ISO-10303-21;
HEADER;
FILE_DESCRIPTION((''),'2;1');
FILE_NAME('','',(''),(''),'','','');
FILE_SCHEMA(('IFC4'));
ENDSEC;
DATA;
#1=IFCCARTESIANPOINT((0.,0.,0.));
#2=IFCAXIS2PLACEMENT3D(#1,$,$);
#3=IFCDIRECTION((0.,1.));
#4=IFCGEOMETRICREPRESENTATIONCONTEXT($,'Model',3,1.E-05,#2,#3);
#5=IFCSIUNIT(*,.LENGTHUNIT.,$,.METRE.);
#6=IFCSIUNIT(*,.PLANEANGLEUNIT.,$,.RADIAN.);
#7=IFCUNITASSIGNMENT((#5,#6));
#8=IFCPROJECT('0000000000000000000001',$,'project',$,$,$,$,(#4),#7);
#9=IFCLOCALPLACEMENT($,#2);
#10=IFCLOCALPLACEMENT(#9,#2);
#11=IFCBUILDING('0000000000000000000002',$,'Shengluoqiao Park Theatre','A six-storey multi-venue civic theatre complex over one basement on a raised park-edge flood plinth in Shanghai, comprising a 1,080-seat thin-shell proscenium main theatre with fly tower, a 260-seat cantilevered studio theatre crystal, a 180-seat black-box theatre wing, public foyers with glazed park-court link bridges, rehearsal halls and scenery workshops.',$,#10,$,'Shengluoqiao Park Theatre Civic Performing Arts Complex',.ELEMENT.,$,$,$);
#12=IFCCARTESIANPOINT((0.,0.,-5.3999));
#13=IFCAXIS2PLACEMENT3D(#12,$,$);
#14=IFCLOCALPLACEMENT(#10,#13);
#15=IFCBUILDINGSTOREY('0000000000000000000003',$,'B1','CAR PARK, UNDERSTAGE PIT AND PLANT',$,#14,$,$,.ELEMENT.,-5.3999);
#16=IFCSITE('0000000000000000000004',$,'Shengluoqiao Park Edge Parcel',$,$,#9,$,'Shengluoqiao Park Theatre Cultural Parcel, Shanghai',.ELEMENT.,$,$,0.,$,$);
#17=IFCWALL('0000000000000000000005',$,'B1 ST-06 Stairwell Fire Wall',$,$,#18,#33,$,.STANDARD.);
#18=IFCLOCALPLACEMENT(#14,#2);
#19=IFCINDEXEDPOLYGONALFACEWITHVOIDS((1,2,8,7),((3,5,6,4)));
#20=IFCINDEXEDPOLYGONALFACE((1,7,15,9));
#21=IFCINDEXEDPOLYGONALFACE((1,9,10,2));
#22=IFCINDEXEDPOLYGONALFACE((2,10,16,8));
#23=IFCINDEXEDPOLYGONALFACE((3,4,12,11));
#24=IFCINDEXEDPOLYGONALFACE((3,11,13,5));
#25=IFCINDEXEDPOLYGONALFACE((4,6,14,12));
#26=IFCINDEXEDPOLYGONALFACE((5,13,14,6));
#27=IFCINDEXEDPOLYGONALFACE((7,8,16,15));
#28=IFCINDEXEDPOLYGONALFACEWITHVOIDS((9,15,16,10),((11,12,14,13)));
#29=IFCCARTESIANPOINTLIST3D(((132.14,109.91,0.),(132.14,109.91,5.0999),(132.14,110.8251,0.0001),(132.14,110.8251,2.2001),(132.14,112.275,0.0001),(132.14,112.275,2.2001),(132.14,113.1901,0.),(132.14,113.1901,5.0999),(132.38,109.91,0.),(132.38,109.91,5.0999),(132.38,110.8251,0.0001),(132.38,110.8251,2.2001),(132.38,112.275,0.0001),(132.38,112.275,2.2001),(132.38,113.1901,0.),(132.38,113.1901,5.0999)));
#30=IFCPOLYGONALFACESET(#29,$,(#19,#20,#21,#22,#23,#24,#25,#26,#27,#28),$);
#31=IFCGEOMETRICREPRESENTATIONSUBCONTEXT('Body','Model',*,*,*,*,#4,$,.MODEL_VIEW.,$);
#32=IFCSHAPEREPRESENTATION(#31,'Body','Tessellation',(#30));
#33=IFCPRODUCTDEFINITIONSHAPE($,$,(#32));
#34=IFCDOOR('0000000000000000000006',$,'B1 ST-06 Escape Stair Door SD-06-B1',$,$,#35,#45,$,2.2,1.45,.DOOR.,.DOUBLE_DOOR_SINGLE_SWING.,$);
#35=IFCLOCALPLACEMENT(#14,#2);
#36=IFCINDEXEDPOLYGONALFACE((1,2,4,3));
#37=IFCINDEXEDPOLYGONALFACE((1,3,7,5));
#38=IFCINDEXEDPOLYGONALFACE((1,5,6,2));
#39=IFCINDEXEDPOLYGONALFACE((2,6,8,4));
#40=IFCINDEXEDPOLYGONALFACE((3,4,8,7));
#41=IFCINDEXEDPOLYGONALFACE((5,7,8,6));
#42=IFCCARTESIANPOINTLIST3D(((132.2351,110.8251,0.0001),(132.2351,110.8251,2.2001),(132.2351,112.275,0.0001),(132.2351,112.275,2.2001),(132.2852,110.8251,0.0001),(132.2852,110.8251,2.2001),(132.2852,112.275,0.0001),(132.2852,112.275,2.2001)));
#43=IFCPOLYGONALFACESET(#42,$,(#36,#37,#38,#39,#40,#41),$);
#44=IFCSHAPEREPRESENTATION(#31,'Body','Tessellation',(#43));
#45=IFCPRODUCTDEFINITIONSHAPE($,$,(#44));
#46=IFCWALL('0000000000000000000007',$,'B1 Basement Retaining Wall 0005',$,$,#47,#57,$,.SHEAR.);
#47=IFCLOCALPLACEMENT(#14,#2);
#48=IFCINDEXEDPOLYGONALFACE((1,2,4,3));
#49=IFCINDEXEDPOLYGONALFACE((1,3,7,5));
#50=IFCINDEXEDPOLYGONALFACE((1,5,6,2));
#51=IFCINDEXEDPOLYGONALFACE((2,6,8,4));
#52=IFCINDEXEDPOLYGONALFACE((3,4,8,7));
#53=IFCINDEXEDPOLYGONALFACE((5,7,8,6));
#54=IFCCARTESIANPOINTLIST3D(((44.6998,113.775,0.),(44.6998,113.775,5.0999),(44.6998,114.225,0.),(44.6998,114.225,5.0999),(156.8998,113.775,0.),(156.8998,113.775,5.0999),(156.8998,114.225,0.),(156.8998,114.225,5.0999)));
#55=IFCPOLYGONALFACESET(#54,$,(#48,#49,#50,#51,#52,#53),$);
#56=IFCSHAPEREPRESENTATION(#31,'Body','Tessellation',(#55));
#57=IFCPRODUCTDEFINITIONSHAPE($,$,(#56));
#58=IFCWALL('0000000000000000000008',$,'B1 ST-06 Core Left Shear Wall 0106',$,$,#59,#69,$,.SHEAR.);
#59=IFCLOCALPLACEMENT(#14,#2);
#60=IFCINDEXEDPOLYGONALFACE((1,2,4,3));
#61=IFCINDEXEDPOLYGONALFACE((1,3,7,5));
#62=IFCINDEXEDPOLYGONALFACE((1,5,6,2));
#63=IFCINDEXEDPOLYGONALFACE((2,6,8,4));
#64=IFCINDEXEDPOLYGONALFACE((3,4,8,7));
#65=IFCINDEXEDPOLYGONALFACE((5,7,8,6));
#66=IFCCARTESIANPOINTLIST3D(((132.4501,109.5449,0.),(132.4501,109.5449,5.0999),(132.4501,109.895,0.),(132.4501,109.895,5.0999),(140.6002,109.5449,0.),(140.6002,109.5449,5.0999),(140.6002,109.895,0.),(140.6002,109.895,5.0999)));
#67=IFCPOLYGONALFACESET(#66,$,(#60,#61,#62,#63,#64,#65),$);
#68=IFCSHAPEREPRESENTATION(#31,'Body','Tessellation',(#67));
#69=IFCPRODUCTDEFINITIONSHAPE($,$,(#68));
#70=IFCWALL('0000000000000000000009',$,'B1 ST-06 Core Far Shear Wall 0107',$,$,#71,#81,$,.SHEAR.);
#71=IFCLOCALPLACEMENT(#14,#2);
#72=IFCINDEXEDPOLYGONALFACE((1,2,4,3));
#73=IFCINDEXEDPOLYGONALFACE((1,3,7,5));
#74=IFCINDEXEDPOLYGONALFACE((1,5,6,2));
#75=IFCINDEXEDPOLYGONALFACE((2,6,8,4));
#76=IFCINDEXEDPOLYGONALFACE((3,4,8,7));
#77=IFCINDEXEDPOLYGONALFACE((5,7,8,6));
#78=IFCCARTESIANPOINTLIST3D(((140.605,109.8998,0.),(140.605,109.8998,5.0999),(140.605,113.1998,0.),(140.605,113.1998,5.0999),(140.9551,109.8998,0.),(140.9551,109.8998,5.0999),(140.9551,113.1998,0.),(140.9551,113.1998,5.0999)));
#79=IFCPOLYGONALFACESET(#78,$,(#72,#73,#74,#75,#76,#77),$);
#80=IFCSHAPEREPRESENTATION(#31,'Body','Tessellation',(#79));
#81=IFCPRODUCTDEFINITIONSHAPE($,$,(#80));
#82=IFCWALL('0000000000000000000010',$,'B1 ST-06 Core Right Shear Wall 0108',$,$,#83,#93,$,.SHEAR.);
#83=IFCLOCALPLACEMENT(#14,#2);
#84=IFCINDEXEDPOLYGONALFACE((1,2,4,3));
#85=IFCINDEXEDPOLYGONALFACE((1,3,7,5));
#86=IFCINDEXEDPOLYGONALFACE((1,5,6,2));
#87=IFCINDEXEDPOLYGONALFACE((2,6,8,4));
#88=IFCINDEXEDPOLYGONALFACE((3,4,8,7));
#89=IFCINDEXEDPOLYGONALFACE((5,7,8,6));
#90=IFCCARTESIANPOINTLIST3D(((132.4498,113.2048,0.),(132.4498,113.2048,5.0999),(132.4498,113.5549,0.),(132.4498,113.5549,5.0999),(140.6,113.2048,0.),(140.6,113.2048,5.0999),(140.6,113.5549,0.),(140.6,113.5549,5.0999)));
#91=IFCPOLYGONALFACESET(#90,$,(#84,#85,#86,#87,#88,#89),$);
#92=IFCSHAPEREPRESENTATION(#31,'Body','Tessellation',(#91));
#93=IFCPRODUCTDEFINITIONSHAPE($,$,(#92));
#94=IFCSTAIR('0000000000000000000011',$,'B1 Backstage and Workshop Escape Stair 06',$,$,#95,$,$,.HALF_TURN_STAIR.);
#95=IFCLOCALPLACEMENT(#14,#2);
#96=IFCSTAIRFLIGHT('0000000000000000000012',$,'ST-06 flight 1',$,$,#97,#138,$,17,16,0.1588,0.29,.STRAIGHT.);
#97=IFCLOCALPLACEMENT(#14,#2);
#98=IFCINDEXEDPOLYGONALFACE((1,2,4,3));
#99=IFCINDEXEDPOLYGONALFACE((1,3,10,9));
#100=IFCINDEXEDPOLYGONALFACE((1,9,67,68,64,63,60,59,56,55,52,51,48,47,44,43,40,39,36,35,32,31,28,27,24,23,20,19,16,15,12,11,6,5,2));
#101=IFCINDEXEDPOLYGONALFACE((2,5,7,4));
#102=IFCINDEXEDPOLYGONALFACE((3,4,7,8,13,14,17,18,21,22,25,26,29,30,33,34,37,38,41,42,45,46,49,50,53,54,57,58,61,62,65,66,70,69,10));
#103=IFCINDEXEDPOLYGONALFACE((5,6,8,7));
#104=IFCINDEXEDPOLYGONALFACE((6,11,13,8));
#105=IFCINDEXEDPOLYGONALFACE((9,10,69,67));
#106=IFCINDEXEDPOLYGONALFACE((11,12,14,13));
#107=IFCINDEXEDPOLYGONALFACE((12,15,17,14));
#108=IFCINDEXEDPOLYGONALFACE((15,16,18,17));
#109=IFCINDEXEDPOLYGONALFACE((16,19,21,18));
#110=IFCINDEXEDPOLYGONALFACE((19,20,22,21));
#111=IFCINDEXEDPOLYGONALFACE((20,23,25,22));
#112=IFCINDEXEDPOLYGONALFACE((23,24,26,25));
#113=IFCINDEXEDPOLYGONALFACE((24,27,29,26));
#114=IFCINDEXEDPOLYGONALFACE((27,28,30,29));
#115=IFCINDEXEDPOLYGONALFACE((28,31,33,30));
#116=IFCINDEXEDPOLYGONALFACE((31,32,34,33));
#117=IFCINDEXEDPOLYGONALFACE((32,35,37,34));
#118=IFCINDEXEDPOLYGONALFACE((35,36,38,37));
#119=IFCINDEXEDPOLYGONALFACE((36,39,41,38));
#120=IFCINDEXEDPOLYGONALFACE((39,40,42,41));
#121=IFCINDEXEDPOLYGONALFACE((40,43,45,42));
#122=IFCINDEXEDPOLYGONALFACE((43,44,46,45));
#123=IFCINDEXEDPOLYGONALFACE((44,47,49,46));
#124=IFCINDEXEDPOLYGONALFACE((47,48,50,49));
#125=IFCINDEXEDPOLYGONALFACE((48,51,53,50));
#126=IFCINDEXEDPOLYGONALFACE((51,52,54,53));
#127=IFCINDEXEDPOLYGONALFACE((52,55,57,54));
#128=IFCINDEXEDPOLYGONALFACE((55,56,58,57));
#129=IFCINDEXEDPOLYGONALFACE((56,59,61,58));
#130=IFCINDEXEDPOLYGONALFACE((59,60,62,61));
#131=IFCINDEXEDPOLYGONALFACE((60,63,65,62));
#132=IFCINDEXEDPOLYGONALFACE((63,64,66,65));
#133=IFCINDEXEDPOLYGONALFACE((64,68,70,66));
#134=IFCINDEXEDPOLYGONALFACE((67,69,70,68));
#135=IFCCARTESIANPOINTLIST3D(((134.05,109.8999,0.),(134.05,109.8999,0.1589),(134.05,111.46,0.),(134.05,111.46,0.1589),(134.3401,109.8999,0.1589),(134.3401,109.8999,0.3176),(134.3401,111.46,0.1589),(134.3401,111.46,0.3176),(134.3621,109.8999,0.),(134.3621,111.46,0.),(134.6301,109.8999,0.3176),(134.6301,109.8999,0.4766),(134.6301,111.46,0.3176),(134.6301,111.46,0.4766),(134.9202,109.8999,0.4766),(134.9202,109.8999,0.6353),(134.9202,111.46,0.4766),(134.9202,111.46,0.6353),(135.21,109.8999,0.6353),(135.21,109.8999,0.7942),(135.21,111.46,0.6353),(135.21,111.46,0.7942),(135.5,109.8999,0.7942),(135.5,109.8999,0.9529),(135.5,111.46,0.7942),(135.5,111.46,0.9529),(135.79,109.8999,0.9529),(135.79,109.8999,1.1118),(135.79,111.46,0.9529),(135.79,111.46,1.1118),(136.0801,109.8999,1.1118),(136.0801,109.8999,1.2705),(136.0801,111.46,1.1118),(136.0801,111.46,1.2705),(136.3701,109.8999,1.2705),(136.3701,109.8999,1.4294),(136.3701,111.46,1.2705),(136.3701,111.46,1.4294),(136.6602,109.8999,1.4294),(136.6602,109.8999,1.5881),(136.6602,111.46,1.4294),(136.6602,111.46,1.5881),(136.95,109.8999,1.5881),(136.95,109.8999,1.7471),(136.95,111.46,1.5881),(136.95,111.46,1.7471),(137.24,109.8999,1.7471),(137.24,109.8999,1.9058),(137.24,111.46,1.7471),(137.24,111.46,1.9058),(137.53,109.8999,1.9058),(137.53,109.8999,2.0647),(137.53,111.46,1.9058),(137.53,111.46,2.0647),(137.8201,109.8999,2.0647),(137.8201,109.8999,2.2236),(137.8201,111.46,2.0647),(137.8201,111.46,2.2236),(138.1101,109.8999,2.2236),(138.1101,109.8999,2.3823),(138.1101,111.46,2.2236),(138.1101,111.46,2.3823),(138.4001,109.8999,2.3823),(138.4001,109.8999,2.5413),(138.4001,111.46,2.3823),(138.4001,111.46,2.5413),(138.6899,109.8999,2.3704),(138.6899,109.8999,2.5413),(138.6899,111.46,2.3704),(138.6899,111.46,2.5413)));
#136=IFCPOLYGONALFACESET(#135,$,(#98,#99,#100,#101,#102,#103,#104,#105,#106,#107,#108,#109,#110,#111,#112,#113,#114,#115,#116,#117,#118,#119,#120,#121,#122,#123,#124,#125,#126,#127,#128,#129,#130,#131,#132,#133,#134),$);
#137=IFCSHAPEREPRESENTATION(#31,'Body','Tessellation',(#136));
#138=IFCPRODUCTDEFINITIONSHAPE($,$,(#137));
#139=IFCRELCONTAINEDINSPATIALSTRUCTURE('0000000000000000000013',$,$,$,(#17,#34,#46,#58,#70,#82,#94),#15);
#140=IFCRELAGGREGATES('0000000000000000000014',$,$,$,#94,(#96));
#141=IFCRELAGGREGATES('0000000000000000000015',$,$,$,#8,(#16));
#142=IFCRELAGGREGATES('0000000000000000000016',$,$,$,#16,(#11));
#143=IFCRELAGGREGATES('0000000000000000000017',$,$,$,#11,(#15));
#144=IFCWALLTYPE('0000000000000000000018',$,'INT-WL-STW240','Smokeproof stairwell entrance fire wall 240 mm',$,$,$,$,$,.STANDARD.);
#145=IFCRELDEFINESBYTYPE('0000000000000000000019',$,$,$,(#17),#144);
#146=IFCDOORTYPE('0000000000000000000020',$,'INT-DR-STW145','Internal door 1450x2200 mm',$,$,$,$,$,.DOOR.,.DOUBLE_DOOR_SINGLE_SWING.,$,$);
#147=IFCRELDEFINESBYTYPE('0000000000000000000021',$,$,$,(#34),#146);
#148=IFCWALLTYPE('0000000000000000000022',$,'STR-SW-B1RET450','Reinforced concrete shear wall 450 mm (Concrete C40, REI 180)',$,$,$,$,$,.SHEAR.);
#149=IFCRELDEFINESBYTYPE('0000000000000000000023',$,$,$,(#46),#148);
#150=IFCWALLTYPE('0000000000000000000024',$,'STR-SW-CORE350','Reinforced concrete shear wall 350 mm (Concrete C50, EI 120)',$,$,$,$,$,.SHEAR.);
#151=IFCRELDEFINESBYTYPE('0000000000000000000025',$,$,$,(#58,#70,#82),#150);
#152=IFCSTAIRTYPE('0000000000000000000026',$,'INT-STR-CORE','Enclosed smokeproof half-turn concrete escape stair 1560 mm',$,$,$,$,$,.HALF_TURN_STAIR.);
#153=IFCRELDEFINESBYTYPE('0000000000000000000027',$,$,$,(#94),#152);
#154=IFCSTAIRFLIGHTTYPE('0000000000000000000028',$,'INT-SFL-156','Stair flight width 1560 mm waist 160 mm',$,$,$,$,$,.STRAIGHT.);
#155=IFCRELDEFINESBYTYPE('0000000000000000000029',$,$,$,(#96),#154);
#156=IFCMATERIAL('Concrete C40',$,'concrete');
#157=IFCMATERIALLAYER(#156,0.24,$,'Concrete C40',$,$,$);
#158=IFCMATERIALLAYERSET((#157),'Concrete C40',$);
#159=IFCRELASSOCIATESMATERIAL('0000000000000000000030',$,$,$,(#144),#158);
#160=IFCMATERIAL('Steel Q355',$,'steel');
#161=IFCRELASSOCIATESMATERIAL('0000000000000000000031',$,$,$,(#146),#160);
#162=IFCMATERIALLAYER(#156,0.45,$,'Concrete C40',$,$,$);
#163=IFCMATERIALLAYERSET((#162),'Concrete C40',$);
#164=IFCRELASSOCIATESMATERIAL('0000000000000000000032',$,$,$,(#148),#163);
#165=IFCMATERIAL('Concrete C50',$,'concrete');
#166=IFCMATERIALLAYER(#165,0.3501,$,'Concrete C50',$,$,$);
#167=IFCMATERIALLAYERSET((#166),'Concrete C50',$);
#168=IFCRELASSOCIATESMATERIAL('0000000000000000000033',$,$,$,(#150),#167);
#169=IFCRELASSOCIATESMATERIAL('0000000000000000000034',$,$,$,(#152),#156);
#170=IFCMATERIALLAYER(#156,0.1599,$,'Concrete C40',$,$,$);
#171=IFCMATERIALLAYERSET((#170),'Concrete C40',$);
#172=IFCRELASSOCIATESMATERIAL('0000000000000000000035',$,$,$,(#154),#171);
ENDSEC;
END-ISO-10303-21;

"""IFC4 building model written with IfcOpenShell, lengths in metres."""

from ifc_helpers import new_model, si_unit, direction, frame, frame_2d, origin, place, context, subcontext, project, spatial, polyline, rectangle, outline, extrude, material, layer, layer_set, type_object, element, fill, aggregate, save


model = new_model("IFC4")

# Units and contexts
model_context = context("Model", 3, precision=1e-05, world=origin(), true_north=direction((0.0, 1.0)))
body_context = subcontext(model_context, "Body", "Model", "MODEL_VIEW")
ifc_project = project(units=[si_unit("LENGTHUNIT", "METRE"), si_unit("PLANEANGLEUNIT", "RADIAN")], contexts=[model_context])

# Site, building, storey
site_placement = place(None, origin())
site = spatial("IfcSite", under=ifc_project, at=site_placement, Name="Shengluoqiao Park Edge Parcel", LongName="Shengluoqiao Park Theatre Cultural Parcel, Shanghai", CompositionType="ELEMENT", RefElevation=0.0)
building_placement = place(site_placement, origin())
building = spatial("IfcBuilding", under=site, at=building_placement, Name="Shengluoqiao Park Theatre", Description="A six-storey multi-venue civic theatre complex over one basement on a raised park-edge flood plinth in Shanghai, comprising a 1,080-seat thin-shell proscenium main theatre with fly tower, a 260-seat cantilevered studio theatre crystal, a 180-seat black-box theatre wing, public foyers with glazed park-court link bridges, rehearsal halls and scenery workshops.", LongName="Shengluoqiao Park Theatre Civic Performing Arts Complex", CompositionType="ELEMENT")
storey_placement = place(building_placement, frame((0.0, 0.0, -5.3999)))
storey = spatial("IfcBuildingStorey", under=building, at=storey_placement, Name="B1", Description="CAR PARK, UNDERSTAGE PIT AND PLANT", CompositionType="ELEMENT", Elevation=-5.3999)

# Shared definitions
ifc_material_1 = material(Name="Concrete C40", Category="concrete")

# Shared definitions
ifc_material_2 = material(Name="Steel Q355", Category="steel")
ifc_material_3 = material(Name="Concrete C50", Category="concrete")

# Wall, opening, door
ifc_layer_1 = layer(ifc_material_1, 0.24, Name="Concrete C40")
ifc_layer_set_1 = layer_set([ifc_layer_1], Name="Concrete C40")
wall_type_1 = type_object("IfcWallType", Name="INT-WL-STW240", Description="Smokeproof stairwell entrance fire wall 240 mm", PredefinedType="STANDARD", material=ifc_layer_set_1)
wall_1_placement = place(storey_placement, frame((132.26, 109.9099, 0.0), z_axis=(0.0, 0.0, 1.0), x_axis=(0.0, 1.0, 0.0)))
wall_1 = element("IfcWall", 1, at=wall_1_placement, inside=storey, type_object=wall_type_1, Name="B1 ST-06 Stairwell Fire Wall", PredefinedType="STANDARD", context=body_context, shape_type="SweptSolid", body=[
    extrude(rectangle(XDim=3.28, YDim=0.24, at=frame_2d((1.6401, 0.0))), origin(), (0.0, 0.0, 1.0), 5.0999),
])
opening_1_placement = place(wall_1_placement, frame((0.915, 0.0, 0.0)))
opening_1 = element("IfcOpeningElement", 2, at=opening_1_placement, cuts=wall_1, PredefinedType="OPENING", context=body_context, shape_type="SweptSolid", body=[
    extrude(rectangle(XDim=1.45, YDim=2.2, at=frame_2d((0.7251, 1.1001))), frame((0.0, 0.1299, 0.0), z_axis=(0.0, -1.0, 0.0), x_axis=(1.0, 0.0, 0.0)), (0.0, 0.0, 1.0), 0.26),
])
door_type_1 = type_object("IfcDoorType", Name="INT-DR-STW145", Description="Internal door 1450x2200 mm", OperationType="DOUBLE_DOOR_SINGLE_SWING", PredefinedType="DOOR", material=ifc_material_2)
door_1_placement = place(opening_1_placement, origin())
door_1 = element("IfcDoor", 3, at=door_1_placement, inside=storey, type_object=door_type_1, Name="B1 ST-06 Escape Stair Door SD-06-B1", OperationType="DOUBLE_DOOR_SINGLE_SWING", OverallHeight=2.2, OverallWidth=1.45, PredefinedType="DOOR", context=body_context, shape_type="SweptSolid", body=[
    extrude(rectangle(XDim=1.45, YDim=2.2, at=frame_2d((0.7251, 1.1001))), frame((0.0, 0.0249, 0.0), z_axis=(0.0, -1.0, 0.0), x_axis=(1.0, 0.0, 0.0)), (0.0, 0.0, 1.0), 0.05),
])
fill(opening_1, door_1)

# Walls
ifc_layer_2 = layer(ifc_material_1, 0.45, Name="Concrete C40")
ifc_layer_set_2 = layer_set([ifc_layer_2], Name="Concrete C40")
wall_type_2 = type_object("IfcWallType", Name="STR-SW-B1RET450", Description="Reinforced concrete shear wall 450 mm (Concrete C40, REI 180)", PredefinedType="SHEAR", material=ifc_layer_set_2)
wall_2_placement = place(storey_placement, frame((156.8999, 114.0, 0.0), z_axis=(0.0, 0.0, 1.0), x_axis=(-1.0, 0.0, 0.0)))
element("IfcWall", 4, at=wall_2_placement, inside=storey, type_object=wall_type_2, Name="B1 Basement Retaining Wall 0005", PredefinedType="SHEAR", context=body_context, shape_type="SweptSolid", body=[
    extrude(rectangle(XDim=112.2, YDim=0.45, at=frame_2d((56.1001, 0.0))), origin(), (0.0, 0.0, 1.0), 5.0999),
])
ifc_layer_3 = layer(ifc_material_3, 0.3501, Name="Concrete C50")
ifc_layer_set_3 = layer_set([ifc_layer_3], Name="Concrete C50")
wall_type_3 = type_object("IfcWallType", Name="STR-SW-CORE350", Description="Reinforced concrete shear wall 350 mm (Concrete C50, EI 120)", PredefinedType="SHEAR", material=ifc_layer_set_3)
wall_3_placement = place(storey_placement, frame((132.45, 109.72, 0.0), z_axis=(0.0, 0.0, 1.0), x_axis=(1.0, 0.0, 0.0)))
element("IfcWall", 5, at=wall_3_placement, inside=storey, type_object=wall_type_3, Name="B1 ST-06 Core Left Shear Wall 0106", PredefinedType="SHEAR", context=body_context, shape_type="SweptSolid", body=[
    extrude(rectangle(XDim=8.1501, YDim=0.3501, at=frame_2d((4.0752, 0.0))), origin(), (0.0, 0.0, 1.0), 5.0999),
])
wall_4_placement = place(storey_placement, frame((140.78, 109.8999, 0.0), z_axis=(0.0, 0.0, 1.0), x_axis=(0.0, 1.0, 0.0)))
element("IfcWall", 6, at=wall_4_placement, inside=storey, type_object=wall_type_3, Name="B1 ST-06 Core Far Shear Wall 0107", PredefinedType="SHEAR", context=body_context, shape_type="SweptSolid", body=[
    extrude(rectangle(XDim=3.3, YDim=0.3501, at=frame_2d((1.6499, 0.0))), origin(), (0.0, 0.0, 1.0), 5.0999),
])
wall_5_placement = place(storey_placement, frame((140.6001, 113.3799, 0.0), z_axis=(0.0, 0.0, 1.0), x_axis=(-1.0, 0.0, 0.0)))
element("IfcWall", 7, at=wall_5_placement, inside=storey, type_object=wall_type_3, Name="B1 ST-06 Core Right Shear Wall 0108", PredefinedType="SHEAR", context=body_context, shape_type="SweptSolid", body=[
    extrude(rectangle(XDim=8.1501, YDim=0.3501, at=frame_2d((4.0752, 0.0))), origin(), (0.0, 0.0, 1.0), 5.0999),
])

# Stair, stair flight
stair_type = type_object("IfcStairType", Name="INT-STR-CORE", Description="Enclosed smokeproof half-turn concrete escape stair 1560 mm", PredefinedType="HALF_TURN_STAIR", material=ifc_material_1)
stair_placement = place(storey_placement, origin())
stair = element("IfcStair", 8, at=stair_placement, inside=storey, type_object=stair_type, Name="B1 Backstage and Workshop Escape Stair 06", PredefinedType="HALF_TURN_STAIR")
ifc_layer_4 = layer(ifc_material_1, 0.1599, Name="Concrete C40")
ifc_layer_set_4 = layer_set([ifc_layer_4], Name="Concrete C40")
stair_flight_type = type_object("IfcStairFlightType", Name="INT-SFL-156", Description="Stair flight width 1560 mm waist 160 mm", PredefinedType="STRAIGHT", material=ifc_layer_set_4)
stair_flight_1_placement = place(storey_placement, frame((134.05, 110.6799, 0.0), z_axis=(0.0, 0.0, 1.0), x_axis=(1.0, 0.0, 0.0)))
stair_flight_1 = element("IfcStairFlight", 9, at=stair_flight_1_placement, type_object=stair_flight_type, Name="ST-06 flight 1", NumberOfRisers=17, NumberOfTreads=16, PredefinedType="STRAIGHT", RiserHeight=0.1588, TreadLength=0.29, context=body_context, shape_type="SweptSolid", body=[
    extrude(outline(polyline([(0.0, 0.0), (0.0, 0.1589), (0.29, 0.1589), (0.29, 0.3176), (0.5801, 0.3176), (0.5801, 0.4766), (0.8701, 0.4766), (0.8701, 0.6353), (1.1599, 0.6353), (1.1599, 0.7942), (1.45, 0.7942), (1.45, 0.9529), (1.74, 0.9529), (1.74, 1.1118), (2.03, 1.1118), (2.03, 1.2705), (2.3201, 1.2705), (2.3201, 1.4294), (2.6101, 1.4294), (2.6101, 1.5881), (2.8999, 1.5881), (2.8999, 1.7471), (3.1899, 1.7471), (3.1899, 1.9058), (3.48, 1.9058), (3.48, 2.0647), (3.77, 2.0647), (3.77, 2.2236), (4.0601, 2.2236), (4.0601, 2.3823), (4.3501, 2.3823), (4.3501, 2.5413), (4.6399, 2.5413), (4.6399, 2.7), (4.6399, 2.3704), (0.312, 0.0), (0.0, 0.0)])), frame((0.0, 0.78, 0.0), z_axis=(0.0, -1.0, 0.0), x_axis=(1.0, 0.0, 0.0)), (0.0, 0.0, 1.0), 1.5601),
])
aggregate(stair, [stair_flight_1])

save(model, "model.ifc")
